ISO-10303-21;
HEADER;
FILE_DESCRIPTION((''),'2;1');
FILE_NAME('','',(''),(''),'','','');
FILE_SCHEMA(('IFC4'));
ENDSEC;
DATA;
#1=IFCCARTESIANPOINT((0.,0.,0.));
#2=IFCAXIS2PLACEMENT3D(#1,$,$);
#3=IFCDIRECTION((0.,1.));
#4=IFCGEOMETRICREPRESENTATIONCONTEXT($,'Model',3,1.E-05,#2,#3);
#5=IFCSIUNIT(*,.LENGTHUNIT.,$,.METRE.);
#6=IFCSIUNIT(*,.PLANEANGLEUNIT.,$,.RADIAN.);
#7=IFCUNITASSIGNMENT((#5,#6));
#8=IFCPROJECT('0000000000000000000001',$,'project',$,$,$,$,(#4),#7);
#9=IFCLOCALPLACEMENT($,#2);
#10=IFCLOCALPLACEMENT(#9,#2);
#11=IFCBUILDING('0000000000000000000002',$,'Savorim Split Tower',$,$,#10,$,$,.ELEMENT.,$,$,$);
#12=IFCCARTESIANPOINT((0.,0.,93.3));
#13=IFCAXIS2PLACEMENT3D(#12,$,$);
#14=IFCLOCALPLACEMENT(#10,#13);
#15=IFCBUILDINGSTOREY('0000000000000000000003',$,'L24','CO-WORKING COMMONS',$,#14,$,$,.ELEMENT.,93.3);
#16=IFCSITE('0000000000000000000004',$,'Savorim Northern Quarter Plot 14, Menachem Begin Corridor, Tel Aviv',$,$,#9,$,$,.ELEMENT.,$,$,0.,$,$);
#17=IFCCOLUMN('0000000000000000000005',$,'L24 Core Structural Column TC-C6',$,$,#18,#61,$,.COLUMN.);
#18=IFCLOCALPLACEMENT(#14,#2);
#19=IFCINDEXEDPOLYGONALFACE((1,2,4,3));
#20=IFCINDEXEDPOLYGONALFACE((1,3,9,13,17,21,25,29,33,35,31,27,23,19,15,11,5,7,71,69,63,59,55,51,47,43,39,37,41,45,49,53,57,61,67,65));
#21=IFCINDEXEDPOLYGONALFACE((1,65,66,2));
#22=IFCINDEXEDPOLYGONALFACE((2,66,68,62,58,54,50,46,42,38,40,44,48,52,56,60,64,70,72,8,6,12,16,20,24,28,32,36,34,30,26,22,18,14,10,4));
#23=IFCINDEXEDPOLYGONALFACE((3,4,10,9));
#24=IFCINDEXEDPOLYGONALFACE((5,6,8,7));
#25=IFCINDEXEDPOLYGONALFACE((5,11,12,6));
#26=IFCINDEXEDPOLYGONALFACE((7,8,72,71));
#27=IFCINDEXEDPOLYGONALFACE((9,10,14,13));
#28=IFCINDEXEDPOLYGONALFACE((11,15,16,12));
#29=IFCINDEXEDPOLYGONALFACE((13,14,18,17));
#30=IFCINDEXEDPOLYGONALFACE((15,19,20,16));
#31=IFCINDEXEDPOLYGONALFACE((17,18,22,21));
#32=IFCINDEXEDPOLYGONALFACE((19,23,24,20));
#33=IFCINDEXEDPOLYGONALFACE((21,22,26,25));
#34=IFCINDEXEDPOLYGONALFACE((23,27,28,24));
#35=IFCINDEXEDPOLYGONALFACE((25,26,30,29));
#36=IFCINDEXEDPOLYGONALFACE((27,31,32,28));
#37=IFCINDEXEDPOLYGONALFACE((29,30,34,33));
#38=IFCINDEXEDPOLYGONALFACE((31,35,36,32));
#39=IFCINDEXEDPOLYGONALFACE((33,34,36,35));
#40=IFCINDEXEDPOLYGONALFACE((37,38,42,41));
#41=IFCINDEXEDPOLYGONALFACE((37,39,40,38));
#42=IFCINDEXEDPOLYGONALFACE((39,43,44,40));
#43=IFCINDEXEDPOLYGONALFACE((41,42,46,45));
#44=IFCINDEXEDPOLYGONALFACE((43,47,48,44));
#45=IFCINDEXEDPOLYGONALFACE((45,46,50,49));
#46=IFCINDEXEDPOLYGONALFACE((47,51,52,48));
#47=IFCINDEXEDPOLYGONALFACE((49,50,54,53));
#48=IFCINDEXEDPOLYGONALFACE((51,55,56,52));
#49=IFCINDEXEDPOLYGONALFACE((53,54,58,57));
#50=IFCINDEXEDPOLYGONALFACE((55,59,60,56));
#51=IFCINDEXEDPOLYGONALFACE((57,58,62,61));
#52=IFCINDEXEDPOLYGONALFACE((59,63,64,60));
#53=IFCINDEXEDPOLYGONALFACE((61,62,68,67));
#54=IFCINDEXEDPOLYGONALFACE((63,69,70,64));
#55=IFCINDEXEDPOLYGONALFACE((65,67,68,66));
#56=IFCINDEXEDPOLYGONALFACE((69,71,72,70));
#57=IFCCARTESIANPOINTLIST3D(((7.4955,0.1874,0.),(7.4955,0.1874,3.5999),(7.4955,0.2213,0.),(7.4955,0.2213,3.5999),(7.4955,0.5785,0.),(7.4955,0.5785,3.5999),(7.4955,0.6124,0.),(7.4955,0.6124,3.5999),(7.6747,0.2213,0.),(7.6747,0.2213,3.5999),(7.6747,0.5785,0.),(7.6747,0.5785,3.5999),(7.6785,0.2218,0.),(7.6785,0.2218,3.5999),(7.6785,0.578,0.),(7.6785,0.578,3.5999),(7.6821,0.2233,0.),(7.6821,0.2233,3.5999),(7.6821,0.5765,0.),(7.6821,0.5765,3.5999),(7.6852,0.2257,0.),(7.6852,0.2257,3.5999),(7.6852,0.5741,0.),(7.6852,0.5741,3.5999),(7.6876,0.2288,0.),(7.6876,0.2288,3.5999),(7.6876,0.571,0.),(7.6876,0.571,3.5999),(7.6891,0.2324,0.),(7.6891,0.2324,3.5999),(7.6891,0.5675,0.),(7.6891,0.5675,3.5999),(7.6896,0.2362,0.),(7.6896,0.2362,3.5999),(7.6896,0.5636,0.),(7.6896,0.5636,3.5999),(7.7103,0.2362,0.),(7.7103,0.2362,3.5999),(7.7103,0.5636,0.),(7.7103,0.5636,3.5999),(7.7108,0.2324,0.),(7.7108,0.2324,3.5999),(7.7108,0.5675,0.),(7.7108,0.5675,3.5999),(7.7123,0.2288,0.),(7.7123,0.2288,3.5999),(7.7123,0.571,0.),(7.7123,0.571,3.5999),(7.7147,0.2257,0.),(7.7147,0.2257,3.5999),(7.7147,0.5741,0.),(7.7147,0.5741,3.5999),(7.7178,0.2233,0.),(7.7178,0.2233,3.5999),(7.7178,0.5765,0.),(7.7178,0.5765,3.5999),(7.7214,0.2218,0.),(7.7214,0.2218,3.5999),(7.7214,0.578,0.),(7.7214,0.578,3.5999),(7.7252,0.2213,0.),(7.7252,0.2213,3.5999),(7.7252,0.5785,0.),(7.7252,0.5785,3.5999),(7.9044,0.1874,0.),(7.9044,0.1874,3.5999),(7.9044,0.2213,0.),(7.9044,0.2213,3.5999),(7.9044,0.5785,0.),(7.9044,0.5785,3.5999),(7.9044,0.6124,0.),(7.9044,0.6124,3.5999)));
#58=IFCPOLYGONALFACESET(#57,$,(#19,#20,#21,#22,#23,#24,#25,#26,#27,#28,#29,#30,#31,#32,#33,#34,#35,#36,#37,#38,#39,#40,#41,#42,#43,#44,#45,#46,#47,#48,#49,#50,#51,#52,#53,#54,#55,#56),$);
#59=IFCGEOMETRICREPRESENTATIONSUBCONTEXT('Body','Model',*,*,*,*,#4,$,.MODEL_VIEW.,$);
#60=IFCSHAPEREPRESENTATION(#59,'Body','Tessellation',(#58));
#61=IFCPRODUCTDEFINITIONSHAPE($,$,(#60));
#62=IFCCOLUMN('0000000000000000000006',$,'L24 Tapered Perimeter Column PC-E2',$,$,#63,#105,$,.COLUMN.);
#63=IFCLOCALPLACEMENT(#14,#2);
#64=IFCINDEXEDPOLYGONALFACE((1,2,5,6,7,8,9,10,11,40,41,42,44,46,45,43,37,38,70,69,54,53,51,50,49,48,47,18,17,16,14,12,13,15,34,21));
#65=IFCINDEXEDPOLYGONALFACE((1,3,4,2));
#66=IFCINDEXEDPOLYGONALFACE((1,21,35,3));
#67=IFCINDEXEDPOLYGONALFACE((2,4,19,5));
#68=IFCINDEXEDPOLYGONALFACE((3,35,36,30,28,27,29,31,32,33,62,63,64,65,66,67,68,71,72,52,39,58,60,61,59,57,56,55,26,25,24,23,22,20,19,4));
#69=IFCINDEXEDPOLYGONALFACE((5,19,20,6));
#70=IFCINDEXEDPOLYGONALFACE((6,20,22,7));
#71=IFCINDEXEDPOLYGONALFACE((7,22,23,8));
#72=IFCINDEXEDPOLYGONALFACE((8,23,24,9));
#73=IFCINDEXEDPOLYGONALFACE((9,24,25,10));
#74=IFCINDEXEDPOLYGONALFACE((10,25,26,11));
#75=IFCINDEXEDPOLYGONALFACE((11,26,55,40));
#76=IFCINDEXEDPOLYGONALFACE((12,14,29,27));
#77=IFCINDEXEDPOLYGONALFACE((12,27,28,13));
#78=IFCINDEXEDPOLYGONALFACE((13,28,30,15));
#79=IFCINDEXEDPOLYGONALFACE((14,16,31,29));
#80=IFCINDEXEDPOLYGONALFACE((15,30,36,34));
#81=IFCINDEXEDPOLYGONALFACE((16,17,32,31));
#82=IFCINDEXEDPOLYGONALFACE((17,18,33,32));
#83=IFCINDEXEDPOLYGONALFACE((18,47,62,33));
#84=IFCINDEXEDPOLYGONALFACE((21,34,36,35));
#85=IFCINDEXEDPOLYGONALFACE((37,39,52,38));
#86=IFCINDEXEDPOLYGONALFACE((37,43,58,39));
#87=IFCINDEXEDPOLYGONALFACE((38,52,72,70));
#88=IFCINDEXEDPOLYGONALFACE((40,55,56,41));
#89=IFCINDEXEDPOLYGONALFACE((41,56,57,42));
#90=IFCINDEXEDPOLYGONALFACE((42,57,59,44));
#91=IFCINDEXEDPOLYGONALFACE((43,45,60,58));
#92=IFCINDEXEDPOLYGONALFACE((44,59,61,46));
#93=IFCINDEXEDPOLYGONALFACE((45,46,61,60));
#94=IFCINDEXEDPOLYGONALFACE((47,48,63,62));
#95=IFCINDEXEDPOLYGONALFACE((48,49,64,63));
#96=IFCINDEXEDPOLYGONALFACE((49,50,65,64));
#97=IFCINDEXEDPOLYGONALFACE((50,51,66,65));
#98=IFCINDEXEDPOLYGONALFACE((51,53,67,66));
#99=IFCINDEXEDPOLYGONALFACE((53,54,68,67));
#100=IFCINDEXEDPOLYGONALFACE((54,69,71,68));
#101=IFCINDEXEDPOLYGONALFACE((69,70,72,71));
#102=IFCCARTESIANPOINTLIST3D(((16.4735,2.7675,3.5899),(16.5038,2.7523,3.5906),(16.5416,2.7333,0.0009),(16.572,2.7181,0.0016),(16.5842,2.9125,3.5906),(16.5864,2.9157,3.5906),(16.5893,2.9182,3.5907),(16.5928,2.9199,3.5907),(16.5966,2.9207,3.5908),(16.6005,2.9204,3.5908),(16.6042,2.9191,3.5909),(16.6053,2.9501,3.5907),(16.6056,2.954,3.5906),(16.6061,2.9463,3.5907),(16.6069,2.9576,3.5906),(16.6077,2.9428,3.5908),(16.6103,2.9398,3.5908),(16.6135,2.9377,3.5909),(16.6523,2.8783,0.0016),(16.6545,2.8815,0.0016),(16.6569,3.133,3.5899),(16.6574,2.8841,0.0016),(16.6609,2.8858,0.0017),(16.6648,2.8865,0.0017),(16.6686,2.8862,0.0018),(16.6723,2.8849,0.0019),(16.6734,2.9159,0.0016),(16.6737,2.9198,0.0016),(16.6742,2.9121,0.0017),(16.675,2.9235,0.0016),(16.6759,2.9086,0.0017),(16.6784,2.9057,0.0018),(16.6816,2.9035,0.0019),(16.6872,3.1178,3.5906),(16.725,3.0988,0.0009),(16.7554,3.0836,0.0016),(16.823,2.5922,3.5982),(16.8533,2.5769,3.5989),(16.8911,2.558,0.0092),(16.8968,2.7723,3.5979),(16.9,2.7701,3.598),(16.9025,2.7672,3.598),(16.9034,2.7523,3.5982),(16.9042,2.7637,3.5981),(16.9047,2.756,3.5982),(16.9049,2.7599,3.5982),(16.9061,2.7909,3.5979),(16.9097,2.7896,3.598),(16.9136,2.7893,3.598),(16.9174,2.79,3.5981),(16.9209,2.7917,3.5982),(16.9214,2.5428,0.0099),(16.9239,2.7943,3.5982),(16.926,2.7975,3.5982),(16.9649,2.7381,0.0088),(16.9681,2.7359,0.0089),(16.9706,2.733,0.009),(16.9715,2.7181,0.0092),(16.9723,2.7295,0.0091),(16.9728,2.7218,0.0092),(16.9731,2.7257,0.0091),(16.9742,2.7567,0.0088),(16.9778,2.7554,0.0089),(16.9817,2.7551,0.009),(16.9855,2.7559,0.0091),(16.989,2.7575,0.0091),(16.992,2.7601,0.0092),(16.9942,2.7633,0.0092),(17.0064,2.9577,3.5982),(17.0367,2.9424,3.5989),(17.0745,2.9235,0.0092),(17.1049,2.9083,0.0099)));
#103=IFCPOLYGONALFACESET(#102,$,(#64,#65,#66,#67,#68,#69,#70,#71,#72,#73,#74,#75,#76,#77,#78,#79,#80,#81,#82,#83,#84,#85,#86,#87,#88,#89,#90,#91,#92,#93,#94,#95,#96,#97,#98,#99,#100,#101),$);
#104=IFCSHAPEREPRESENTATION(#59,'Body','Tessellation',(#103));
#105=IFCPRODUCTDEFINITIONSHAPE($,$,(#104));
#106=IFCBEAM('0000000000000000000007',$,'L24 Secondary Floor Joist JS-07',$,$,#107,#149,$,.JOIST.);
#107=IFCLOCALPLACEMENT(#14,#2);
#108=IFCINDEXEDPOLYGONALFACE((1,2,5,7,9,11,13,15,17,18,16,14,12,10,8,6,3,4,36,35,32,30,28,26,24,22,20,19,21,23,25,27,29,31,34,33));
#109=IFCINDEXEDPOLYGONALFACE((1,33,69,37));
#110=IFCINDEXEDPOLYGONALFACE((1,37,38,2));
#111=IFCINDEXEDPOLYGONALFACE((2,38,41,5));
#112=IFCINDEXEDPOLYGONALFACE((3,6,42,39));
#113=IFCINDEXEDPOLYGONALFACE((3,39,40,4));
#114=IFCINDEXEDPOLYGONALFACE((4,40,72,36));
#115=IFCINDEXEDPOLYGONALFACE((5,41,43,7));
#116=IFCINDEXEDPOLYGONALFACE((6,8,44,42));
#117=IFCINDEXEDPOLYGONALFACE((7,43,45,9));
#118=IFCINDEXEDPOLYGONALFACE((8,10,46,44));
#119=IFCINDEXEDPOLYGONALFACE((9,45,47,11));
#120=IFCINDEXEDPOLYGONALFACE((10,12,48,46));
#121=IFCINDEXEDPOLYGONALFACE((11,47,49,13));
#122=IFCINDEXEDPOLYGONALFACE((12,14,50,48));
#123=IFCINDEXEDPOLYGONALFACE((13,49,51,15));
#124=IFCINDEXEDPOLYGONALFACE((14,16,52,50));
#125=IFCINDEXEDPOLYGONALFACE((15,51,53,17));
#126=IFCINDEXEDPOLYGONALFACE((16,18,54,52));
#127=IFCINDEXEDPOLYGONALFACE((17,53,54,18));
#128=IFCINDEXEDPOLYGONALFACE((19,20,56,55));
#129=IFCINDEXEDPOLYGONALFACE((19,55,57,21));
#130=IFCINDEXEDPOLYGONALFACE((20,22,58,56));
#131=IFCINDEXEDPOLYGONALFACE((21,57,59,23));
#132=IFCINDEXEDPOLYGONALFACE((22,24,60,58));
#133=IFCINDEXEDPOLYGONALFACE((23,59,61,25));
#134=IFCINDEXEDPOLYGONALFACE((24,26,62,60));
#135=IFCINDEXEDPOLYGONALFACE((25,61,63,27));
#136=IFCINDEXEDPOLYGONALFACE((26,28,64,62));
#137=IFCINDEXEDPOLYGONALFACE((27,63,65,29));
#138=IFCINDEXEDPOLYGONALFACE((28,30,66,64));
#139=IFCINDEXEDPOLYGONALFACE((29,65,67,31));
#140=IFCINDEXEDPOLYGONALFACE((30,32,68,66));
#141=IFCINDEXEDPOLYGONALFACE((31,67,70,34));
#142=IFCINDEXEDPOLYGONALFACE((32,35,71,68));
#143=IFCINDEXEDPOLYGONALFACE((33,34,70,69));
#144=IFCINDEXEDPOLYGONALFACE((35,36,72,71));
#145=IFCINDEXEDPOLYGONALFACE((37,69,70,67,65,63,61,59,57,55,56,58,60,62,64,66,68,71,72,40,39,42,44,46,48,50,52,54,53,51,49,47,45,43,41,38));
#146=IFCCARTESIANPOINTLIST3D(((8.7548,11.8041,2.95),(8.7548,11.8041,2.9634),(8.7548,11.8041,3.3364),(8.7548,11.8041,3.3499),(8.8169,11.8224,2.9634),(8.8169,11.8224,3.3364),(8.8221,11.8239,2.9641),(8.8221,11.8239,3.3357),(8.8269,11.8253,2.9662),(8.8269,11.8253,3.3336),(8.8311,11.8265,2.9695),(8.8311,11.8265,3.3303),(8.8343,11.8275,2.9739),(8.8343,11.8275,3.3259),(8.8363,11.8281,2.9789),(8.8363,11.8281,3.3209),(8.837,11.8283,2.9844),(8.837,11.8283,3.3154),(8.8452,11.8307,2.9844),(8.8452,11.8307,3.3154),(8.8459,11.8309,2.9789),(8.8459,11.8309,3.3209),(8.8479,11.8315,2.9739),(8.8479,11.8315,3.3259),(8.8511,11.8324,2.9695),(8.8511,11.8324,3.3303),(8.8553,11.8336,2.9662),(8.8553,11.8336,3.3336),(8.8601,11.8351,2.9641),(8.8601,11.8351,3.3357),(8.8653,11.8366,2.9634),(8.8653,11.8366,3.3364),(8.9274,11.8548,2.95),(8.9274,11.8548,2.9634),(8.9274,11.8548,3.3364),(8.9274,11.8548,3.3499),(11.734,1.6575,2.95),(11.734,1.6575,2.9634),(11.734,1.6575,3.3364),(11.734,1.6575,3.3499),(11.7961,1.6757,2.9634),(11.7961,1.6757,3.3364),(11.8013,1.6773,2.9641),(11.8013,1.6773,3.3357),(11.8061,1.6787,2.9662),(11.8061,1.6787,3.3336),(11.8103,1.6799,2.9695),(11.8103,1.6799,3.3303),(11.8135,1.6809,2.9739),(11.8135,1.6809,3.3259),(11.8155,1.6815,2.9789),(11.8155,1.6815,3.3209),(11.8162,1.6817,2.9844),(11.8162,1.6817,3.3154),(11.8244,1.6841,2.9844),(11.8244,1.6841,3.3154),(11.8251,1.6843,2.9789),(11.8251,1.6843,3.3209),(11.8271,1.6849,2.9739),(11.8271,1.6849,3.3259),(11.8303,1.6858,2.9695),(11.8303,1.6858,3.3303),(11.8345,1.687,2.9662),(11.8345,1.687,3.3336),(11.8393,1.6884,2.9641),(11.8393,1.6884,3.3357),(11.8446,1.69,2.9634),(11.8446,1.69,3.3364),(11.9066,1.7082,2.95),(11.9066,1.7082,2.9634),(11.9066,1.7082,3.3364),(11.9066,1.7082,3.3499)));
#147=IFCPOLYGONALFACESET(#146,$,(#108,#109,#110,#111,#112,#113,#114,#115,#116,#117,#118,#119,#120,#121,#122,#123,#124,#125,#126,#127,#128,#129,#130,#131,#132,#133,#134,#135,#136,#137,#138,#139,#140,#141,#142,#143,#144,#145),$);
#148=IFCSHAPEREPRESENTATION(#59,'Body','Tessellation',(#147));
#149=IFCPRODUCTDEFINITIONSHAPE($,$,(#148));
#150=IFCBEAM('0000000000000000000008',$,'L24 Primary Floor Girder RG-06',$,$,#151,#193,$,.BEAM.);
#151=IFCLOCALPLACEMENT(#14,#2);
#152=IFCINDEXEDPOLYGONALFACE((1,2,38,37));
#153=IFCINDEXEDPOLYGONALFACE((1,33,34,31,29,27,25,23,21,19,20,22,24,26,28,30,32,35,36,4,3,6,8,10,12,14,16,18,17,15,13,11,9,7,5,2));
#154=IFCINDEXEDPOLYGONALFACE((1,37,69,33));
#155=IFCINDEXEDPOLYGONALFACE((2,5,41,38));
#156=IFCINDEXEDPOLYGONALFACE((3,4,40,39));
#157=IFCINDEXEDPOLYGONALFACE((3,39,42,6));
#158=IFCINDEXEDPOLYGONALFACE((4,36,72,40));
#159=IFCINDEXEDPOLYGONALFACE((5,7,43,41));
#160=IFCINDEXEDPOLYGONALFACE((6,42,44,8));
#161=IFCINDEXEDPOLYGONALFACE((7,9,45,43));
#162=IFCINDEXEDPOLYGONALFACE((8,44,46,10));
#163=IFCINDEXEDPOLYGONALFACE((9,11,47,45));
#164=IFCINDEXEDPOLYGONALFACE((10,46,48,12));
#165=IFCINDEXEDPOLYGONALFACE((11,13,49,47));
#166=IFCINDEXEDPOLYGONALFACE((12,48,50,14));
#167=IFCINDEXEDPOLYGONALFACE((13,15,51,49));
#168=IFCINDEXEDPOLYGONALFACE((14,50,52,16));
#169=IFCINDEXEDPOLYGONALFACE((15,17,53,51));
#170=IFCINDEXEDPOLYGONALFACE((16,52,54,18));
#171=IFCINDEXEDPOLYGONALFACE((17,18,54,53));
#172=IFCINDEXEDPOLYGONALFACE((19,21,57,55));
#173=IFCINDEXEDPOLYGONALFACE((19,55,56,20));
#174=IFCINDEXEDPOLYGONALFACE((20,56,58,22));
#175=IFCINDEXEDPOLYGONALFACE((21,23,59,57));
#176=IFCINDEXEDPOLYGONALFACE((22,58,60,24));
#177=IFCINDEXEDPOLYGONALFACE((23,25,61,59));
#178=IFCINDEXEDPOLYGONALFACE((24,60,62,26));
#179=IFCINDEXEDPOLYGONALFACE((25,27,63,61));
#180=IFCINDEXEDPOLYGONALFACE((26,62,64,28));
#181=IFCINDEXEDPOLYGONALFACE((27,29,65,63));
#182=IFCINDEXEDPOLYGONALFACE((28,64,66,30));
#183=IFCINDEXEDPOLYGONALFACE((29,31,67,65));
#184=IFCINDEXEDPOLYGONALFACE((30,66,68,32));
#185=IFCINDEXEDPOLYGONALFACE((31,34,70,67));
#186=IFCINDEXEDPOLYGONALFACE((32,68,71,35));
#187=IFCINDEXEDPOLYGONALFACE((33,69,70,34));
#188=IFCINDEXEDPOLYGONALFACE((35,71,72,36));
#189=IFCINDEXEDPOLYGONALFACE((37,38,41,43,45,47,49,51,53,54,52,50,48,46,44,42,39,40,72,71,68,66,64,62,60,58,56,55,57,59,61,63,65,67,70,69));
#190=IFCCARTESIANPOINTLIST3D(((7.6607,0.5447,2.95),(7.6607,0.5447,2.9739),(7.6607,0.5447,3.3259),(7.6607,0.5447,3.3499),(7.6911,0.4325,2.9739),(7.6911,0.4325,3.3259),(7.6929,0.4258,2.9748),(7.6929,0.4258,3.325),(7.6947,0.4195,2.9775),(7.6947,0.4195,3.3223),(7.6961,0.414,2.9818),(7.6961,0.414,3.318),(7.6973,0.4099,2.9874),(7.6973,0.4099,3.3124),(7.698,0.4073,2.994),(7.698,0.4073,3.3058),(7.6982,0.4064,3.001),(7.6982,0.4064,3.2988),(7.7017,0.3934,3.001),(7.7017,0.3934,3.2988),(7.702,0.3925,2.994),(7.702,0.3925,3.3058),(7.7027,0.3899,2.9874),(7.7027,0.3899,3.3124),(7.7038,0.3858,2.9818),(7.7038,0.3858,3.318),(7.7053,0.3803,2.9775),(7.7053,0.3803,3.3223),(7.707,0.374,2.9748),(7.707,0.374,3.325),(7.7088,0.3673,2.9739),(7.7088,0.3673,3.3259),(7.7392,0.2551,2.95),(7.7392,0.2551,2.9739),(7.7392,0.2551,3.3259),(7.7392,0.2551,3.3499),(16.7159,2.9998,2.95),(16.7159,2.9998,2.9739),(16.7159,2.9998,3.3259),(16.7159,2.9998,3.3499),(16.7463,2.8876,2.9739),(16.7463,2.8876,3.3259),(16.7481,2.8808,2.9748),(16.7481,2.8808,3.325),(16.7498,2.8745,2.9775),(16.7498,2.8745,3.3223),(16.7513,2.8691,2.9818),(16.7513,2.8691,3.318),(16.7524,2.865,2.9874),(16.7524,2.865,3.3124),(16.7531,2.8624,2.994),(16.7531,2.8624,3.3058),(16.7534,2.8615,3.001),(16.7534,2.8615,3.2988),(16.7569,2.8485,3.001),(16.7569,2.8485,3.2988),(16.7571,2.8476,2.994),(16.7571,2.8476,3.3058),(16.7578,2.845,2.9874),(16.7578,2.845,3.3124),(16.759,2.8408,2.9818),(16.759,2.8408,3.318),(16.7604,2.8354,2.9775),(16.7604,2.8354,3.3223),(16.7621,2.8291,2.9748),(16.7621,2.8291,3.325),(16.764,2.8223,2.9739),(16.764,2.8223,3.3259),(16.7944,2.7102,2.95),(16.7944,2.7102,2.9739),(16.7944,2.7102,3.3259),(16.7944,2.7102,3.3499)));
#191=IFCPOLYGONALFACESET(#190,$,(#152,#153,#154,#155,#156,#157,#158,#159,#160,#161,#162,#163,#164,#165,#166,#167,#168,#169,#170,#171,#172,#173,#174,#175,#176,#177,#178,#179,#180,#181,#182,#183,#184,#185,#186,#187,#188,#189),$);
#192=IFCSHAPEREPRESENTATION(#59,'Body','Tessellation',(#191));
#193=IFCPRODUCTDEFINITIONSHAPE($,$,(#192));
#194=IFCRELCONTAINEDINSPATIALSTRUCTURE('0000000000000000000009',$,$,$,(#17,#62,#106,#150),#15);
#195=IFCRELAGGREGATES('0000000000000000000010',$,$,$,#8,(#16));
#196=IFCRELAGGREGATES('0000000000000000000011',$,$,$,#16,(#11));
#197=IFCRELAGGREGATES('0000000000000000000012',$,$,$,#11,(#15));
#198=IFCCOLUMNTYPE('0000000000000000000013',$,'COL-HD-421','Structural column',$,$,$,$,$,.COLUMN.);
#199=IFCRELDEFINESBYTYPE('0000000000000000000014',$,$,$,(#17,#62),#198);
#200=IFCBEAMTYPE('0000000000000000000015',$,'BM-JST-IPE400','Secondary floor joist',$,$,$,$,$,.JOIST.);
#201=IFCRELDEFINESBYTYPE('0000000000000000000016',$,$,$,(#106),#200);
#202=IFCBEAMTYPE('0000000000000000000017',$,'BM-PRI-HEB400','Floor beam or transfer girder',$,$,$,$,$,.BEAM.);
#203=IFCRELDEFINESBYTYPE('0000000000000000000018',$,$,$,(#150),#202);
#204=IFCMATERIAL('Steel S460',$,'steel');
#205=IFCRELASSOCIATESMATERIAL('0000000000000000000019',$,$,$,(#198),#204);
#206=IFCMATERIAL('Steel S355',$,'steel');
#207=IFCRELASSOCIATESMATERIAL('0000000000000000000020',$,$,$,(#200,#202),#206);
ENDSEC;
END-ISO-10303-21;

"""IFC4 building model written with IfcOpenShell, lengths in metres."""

from ifc_helpers import new_model, si_unit, direction, frame, origin, origin_2d, place, context, subcontext, project, spatial, i_section, extrude, material, material_profile, profile_set, type_object, element, save


model = new_model("IFC4")

# Units and contexts
model_context = context("Model", 3, precision=1e-05, world=origin(), true_north=direction((0.0, 1.0)))
body_context = subcontext(model_context, "Body", "Model", "MODEL_VIEW")
ifc_project = project(units=[si_unit("LENGTHUNIT", "METRE"), si_unit("PLANEANGLEUNIT", "RADIAN")], contexts=[model_context])

# Site, building, storey
site_placement = place(None, origin())
site = spatial("IfcSite", under=ifc_project, at=site_placement, Name="Savorim Northern Quarter Plot 14, Menachem Begin Corridor, Tel Aviv", CompositionType="ELEMENT", RefElevation=0.0)
building_placement = place(site_placement, origin())
building = spatial("IfcBuilding", under=site, at=building_placement, Name="Savorim Split Tower", CompositionType="ELEMENT")
storey_placement = place(building_placement, frame((0.0, 0.0, 93.3)))
storey = spatial("IfcBuildingStorey", under=building, at=storey_placement, Name="L24", Description="CO-WORKING COMMONS", CompositionType="ELEMENT", Elevation=93.3)

# Columns
ifc_material_1 = material(Name="Steel S460", Category="steel")
ifc_material_profile_1 = material_profile(ifc_material_1, i_section(OverallWidth=0.4089, OverallDepth=0.425, WebThickness=0.0208, FlangeThickness=0.0339, FilletRadius=0.0149, at=origin_2d()), Name="HD 400x421")
ifc_profile_set_1 = profile_set([ifc_material_profile_1], Name="Steel S460")
column_type = type_object("IfcColumnType", Name="COL-HD-421", Description="Structural column", PredefinedType="COLUMN", material=ifc_profile_set_1)
column_1_placement = place(storey_placement, frame((7.7, 0.3999, 0.0), z_axis=(0.0, 0.0, 1.0), x_axis=(1.0, 0.0, 0.0)))
element("IfcColumn", 1, at=column_1_placement, inside=storey, type_object=column_type, Name="L24 Core Structural Column TC-C6", PredefinedType="COLUMN", context=body_context, shape_type="SweptSolid", body=[
    extrude(i_section(OverallWidth=0.4089, OverallDepth=0.425, WebThickness=0.0208, FlangeThickness=0.0339, FilletRadius=0.0149, at=origin_2d()), origin(), (0.0, 0.0, 1.0), 3.5999),
])
column_2_placement = place(storey_placement, frame((16.8232, 2.8208, 0.0054), z_axis=(-0.018974, 0.009521, 0.999775), x_axis=(-0.448495, -0.893786, 0.0)))
element("IfcColumn", 2, at=column_2_placement, inside=storey, type_object=column_type, Name="L24 Tapered Perimeter Column PC-E2", PredefinedType="COLUMN", context=body_context, shape_type="SweptSolid", body=[
    extrude(i_section(OverallWidth=0.4089, OverallDepth=0.425, WebThickness=0.0208, FlangeThickness=0.0339, FilletRadius=0.0149, at=origin_2d()), origin(), (0.0, 0.0, 1.0), 3.5898),
])

# Beams
ifc_material_2 = material(Name="Steel S355", Category="steel")
ifc_material_profile_2 = material_profile(ifc_material_2, i_section(OverallWidth=0.1799, OverallDepth=0.3999, WebThickness=0.0085, FlangeThickness=0.0134, FilletRadius=0.021, at=origin_2d()), Name="IPE 400")
ifc_profile_set_2 = profile_set([ifc_material_profile_2], Name="Steel S355")
beam_type_1 = type_object("IfcBeamType", Name="BM-JST-IPE400", Description="Secondary floor joist", PredefinedType="JOIST", material=ifc_profile_set_2)
beam_1_placement = place(storey_placement, frame((11.8203, 1.6829, 3.1499), z_axis=(-0.281724, 0.959496, 0.0), x_axis=(-0.959496, -0.281724, 0.0)))
element("IfcBeam", 3, at=beam_1_placement, inside=storey, type_object=beam_type_1, Name="L24 Secondary Floor Joist JS-07", PredefinedType="JOIST", context=body_context, shape_type="SweptSolid", body=[
    extrude(i_section(OverallWidth=0.1799, OverallDepth=0.3999, WebThickness=0.0085, FlangeThickness=0.0134, FilletRadius=0.021, at=origin_2d()), origin(), (0.0, 0.0, 1.0), 10.575),
])
ifc_material_profile_3 = material_profile(ifc_material_2, i_section(OverallWidth=0.3, OverallDepth=0.3999, WebThickness=0.0134, FlangeThickness=0.0239, FilletRadius=0.0271, at=origin_2d()), Name="HEB 400")
ifc_profile_set_3 = profile_set([ifc_material_profile_3], Name="Steel S355")
beam_type_2 = type_object("IfcBeamType", Name="BM-PRI-HEB400", Description="Floor beam or transfer girder", PredefinedType="BEAM", material=ifc_profile_set_3)
beam_2_placement = place(storey_placement, frame((16.7551, 2.855, 3.1499), z_axis=(-0.965155, -0.261677, 0.0), x_axis=(0.261677, -0.965155, 0.0)))
element("IfcBeam", 4, at=beam_2_placement, inside=storey, type_object=beam_type_2, Name="L24 Primary Floor Girder RG-06", PredefinedType="BEAM", context=body_context, shape_type="SweptSolid", body=[
    extrude(i_section(OverallWidth=0.3, OverallDepth=0.3999, WebThickness=0.0134, FlangeThickness=0.0239, FilletRadius=0.0271, at=origin_2d()), origin(), (0.0, 0.0, 1.0), 9.3821),
])

save(model, "model.ifc")
